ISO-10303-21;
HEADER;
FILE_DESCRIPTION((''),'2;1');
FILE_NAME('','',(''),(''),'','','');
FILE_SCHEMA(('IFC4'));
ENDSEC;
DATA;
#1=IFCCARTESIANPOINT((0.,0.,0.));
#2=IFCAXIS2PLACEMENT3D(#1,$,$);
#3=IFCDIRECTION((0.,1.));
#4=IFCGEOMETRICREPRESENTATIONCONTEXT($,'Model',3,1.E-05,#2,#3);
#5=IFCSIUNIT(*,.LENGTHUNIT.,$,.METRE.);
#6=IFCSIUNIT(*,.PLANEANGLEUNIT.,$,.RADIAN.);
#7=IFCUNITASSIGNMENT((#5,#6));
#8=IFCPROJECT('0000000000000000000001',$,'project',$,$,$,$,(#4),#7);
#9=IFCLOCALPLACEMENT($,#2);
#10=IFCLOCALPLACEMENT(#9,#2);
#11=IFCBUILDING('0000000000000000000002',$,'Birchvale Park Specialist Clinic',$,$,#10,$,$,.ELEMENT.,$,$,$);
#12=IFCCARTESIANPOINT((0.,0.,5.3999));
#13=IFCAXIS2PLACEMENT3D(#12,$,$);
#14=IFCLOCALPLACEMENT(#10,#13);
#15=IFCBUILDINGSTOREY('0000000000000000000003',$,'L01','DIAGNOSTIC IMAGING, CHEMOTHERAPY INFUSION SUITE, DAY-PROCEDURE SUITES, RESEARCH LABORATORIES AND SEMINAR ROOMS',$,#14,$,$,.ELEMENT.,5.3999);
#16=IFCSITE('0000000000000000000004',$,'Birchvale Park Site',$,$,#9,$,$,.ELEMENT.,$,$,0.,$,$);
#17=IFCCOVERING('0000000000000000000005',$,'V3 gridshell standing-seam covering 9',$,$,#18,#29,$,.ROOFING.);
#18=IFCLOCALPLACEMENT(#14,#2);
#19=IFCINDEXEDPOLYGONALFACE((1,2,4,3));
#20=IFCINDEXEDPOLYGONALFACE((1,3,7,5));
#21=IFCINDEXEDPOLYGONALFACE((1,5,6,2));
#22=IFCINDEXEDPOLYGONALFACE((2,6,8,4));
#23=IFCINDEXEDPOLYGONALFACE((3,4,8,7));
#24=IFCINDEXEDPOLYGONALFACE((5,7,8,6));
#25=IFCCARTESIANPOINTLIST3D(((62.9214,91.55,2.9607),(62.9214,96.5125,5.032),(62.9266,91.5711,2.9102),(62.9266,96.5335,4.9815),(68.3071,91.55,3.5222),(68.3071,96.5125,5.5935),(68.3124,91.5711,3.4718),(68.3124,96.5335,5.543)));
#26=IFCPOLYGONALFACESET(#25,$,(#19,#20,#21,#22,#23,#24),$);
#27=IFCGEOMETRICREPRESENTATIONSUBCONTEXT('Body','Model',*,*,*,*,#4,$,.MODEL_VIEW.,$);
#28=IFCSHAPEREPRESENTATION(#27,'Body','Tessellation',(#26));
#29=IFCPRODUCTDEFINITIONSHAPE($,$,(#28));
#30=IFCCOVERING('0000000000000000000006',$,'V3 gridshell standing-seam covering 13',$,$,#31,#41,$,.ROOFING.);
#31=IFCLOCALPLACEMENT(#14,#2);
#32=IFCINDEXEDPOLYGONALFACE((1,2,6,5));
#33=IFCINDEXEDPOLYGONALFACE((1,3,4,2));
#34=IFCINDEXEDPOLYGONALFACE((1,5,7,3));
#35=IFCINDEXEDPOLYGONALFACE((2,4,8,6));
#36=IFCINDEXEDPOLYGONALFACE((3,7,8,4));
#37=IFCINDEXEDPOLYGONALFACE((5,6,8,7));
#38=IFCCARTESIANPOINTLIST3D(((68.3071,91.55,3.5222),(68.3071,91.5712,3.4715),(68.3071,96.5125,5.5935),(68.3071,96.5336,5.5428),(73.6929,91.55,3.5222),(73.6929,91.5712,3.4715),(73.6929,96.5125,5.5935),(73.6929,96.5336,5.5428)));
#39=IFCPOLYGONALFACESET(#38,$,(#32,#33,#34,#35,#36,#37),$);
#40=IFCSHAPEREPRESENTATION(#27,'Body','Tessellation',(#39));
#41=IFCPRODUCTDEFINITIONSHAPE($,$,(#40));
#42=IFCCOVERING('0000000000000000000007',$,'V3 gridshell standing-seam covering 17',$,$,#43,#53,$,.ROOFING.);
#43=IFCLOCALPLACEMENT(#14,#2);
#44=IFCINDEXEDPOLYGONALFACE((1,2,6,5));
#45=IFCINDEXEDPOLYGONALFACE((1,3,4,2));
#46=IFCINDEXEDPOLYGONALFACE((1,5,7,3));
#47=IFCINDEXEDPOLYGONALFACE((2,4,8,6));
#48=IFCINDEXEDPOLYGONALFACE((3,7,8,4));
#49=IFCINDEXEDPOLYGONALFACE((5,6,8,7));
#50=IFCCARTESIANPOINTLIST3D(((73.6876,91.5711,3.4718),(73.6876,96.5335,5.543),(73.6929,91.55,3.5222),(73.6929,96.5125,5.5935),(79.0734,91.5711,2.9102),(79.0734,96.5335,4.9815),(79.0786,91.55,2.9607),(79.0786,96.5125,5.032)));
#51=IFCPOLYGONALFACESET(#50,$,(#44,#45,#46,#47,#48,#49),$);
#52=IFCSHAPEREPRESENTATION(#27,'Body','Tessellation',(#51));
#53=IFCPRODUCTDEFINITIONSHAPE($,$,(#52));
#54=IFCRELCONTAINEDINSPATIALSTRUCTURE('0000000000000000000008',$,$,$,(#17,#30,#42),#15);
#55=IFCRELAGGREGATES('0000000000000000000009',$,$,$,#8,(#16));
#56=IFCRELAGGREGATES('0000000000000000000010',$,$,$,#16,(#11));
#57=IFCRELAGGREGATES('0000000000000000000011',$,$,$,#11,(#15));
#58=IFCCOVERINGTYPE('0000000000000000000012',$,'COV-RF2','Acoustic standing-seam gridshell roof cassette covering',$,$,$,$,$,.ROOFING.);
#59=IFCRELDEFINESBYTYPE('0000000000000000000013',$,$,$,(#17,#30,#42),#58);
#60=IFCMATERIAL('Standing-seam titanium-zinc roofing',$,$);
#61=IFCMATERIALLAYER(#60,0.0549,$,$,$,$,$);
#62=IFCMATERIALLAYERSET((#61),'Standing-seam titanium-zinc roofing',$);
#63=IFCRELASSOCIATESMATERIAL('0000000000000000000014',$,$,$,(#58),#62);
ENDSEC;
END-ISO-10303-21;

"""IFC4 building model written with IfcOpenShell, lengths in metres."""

from ifc_helpers import new_model, si_unit, direction, frame, origin, place, context, subcontext, project, spatial, polyline, outline, extrude, material, layer, layer_set, type_object, element, save


model = new_model("IFC4")

# Units and contexts
model_context = context("Model", 3, precision=1e-05, world=origin(), true_north=direction((0.0, 1.0)))
body_context = subcontext(model_context, "Body", "Model", "MODEL_VIEW")
ifc_project = project(units=[si_unit("LENGTHUNIT", "METRE"), si_unit("PLANEANGLEUNIT", "RADIAN")], contexts=[model_context])

# Site, building, storey
site_placement = place(None, origin())
site = spatial("IfcSite", under=ifc_project, at=site_placement, Name="Birchvale Park Site", CompositionType="ELEMENT", RefElevation=0.0)
building_placement = place(site_placement, origin())
building = spatial("IfcBuilding", under=site, at=building_placement, Name="Birchvale Park Specialist Clinic", CompositionType="ELEMENT")
storey_placement = place(building_placement, frame((0.0, 0.0, 5.3999)))
storey = spatial("IfcBuildingStorey", under=building, at=storey_placement, Name="L01", Description="DIAGNOSTIC IMAGING, CHEMOTHERAPY INFUSION SUITE, DAY-PROCEDURE SUITES, RESEARCH LABORATORIES AND SEMINAR ROOMS", CompositionType="ELEMENT", Elevation=5.3999)

# Coverings
ifc_material_1 = material(Name="Standing-seam titanium-zinc roofing")
ifc_layer_1 = layer(ifc_material_1, 0.0549)
ifc_layer_set_1 = layer_set([ifc_layer_1], Name="Standing-seam titanium-zinc roofing")
covering_type = type_object("IfcCoveringType", Name="COV-RF2", Description="Acoustic standing-seam gridshell roof cassette covering", PredefinedType="ROOFING", material=ifc_layer_set_1)
covering_1_placement = place(storey_placement, frame((62.9214, 91.55, 2.9607), z_axis=(-0.095774, -0.383418, 0.918595), x_axis=(0.994609, 0.0, 0.103699)))
element("IfcCovering", 1, at=covering_1_placement, inside=storey, type_object=covering_type, Name="V3 gridshell standing-seam covering 9", PredefinedType="ROOFING", context=body_context, shape_type="SweptSolid", body=[
    extrude(outline(polyline([(0.0, 0.0), (5.4149, 0.0), (5.6297, 5.373), (0.2148, 5.373), (0.0, 0.0)])), origin(), (0.0, 0.0, -1.0), 0.0549),
])
covering_2_placement = place(storey_placement, frame((68.3071, 91.55, 3.5222), z_axis=(0.0, -0.385189, 0.922838), x_axis=(1.0, 0.0, 0.0)))
element("IfcCovering", 2, at=covering_2_placement, inside=storey, type_object=covering_type, Name="V3 gridshell standing-seam covering 13", PredefinedType="ROOFING", context=body_context, shape_type="SweptSolid", body=[
    extrude(outline(polyline([(0.0, 0.0), (5.3857, 0.0), (5.3857, 5.3773), (0.0, 5.3773), (0.0, 0.0)])), origin(), (0.0, 0.0, -1.0), 0.0549),
])
covering_3_placement = place(storey_placement, frame((73.6929, 91.55, 3.5222), z_axis=(0.095774, -0.383418, 0.918595), x_axis=(0.994609, 0.0, -0.103699)))
element("IfcCovering", 3, at=covering_3_placement, inside=storey, type_object=covering_type, Name="V3 gridshell standing-seam covering 17", PredefinedType="ROOFING", context=body_context, shape_type="SweptSolid", body=[
    extrude(outline(polyline([(0.0, 0.0), (5.4149, 0.0), (5.2001, 5.373), (-0.2148, 5.373), (0.0, 0.0)])), origin(), (0.0, 0.0, -1.0), 0.0549),
])

save(model, "model.ifc")
